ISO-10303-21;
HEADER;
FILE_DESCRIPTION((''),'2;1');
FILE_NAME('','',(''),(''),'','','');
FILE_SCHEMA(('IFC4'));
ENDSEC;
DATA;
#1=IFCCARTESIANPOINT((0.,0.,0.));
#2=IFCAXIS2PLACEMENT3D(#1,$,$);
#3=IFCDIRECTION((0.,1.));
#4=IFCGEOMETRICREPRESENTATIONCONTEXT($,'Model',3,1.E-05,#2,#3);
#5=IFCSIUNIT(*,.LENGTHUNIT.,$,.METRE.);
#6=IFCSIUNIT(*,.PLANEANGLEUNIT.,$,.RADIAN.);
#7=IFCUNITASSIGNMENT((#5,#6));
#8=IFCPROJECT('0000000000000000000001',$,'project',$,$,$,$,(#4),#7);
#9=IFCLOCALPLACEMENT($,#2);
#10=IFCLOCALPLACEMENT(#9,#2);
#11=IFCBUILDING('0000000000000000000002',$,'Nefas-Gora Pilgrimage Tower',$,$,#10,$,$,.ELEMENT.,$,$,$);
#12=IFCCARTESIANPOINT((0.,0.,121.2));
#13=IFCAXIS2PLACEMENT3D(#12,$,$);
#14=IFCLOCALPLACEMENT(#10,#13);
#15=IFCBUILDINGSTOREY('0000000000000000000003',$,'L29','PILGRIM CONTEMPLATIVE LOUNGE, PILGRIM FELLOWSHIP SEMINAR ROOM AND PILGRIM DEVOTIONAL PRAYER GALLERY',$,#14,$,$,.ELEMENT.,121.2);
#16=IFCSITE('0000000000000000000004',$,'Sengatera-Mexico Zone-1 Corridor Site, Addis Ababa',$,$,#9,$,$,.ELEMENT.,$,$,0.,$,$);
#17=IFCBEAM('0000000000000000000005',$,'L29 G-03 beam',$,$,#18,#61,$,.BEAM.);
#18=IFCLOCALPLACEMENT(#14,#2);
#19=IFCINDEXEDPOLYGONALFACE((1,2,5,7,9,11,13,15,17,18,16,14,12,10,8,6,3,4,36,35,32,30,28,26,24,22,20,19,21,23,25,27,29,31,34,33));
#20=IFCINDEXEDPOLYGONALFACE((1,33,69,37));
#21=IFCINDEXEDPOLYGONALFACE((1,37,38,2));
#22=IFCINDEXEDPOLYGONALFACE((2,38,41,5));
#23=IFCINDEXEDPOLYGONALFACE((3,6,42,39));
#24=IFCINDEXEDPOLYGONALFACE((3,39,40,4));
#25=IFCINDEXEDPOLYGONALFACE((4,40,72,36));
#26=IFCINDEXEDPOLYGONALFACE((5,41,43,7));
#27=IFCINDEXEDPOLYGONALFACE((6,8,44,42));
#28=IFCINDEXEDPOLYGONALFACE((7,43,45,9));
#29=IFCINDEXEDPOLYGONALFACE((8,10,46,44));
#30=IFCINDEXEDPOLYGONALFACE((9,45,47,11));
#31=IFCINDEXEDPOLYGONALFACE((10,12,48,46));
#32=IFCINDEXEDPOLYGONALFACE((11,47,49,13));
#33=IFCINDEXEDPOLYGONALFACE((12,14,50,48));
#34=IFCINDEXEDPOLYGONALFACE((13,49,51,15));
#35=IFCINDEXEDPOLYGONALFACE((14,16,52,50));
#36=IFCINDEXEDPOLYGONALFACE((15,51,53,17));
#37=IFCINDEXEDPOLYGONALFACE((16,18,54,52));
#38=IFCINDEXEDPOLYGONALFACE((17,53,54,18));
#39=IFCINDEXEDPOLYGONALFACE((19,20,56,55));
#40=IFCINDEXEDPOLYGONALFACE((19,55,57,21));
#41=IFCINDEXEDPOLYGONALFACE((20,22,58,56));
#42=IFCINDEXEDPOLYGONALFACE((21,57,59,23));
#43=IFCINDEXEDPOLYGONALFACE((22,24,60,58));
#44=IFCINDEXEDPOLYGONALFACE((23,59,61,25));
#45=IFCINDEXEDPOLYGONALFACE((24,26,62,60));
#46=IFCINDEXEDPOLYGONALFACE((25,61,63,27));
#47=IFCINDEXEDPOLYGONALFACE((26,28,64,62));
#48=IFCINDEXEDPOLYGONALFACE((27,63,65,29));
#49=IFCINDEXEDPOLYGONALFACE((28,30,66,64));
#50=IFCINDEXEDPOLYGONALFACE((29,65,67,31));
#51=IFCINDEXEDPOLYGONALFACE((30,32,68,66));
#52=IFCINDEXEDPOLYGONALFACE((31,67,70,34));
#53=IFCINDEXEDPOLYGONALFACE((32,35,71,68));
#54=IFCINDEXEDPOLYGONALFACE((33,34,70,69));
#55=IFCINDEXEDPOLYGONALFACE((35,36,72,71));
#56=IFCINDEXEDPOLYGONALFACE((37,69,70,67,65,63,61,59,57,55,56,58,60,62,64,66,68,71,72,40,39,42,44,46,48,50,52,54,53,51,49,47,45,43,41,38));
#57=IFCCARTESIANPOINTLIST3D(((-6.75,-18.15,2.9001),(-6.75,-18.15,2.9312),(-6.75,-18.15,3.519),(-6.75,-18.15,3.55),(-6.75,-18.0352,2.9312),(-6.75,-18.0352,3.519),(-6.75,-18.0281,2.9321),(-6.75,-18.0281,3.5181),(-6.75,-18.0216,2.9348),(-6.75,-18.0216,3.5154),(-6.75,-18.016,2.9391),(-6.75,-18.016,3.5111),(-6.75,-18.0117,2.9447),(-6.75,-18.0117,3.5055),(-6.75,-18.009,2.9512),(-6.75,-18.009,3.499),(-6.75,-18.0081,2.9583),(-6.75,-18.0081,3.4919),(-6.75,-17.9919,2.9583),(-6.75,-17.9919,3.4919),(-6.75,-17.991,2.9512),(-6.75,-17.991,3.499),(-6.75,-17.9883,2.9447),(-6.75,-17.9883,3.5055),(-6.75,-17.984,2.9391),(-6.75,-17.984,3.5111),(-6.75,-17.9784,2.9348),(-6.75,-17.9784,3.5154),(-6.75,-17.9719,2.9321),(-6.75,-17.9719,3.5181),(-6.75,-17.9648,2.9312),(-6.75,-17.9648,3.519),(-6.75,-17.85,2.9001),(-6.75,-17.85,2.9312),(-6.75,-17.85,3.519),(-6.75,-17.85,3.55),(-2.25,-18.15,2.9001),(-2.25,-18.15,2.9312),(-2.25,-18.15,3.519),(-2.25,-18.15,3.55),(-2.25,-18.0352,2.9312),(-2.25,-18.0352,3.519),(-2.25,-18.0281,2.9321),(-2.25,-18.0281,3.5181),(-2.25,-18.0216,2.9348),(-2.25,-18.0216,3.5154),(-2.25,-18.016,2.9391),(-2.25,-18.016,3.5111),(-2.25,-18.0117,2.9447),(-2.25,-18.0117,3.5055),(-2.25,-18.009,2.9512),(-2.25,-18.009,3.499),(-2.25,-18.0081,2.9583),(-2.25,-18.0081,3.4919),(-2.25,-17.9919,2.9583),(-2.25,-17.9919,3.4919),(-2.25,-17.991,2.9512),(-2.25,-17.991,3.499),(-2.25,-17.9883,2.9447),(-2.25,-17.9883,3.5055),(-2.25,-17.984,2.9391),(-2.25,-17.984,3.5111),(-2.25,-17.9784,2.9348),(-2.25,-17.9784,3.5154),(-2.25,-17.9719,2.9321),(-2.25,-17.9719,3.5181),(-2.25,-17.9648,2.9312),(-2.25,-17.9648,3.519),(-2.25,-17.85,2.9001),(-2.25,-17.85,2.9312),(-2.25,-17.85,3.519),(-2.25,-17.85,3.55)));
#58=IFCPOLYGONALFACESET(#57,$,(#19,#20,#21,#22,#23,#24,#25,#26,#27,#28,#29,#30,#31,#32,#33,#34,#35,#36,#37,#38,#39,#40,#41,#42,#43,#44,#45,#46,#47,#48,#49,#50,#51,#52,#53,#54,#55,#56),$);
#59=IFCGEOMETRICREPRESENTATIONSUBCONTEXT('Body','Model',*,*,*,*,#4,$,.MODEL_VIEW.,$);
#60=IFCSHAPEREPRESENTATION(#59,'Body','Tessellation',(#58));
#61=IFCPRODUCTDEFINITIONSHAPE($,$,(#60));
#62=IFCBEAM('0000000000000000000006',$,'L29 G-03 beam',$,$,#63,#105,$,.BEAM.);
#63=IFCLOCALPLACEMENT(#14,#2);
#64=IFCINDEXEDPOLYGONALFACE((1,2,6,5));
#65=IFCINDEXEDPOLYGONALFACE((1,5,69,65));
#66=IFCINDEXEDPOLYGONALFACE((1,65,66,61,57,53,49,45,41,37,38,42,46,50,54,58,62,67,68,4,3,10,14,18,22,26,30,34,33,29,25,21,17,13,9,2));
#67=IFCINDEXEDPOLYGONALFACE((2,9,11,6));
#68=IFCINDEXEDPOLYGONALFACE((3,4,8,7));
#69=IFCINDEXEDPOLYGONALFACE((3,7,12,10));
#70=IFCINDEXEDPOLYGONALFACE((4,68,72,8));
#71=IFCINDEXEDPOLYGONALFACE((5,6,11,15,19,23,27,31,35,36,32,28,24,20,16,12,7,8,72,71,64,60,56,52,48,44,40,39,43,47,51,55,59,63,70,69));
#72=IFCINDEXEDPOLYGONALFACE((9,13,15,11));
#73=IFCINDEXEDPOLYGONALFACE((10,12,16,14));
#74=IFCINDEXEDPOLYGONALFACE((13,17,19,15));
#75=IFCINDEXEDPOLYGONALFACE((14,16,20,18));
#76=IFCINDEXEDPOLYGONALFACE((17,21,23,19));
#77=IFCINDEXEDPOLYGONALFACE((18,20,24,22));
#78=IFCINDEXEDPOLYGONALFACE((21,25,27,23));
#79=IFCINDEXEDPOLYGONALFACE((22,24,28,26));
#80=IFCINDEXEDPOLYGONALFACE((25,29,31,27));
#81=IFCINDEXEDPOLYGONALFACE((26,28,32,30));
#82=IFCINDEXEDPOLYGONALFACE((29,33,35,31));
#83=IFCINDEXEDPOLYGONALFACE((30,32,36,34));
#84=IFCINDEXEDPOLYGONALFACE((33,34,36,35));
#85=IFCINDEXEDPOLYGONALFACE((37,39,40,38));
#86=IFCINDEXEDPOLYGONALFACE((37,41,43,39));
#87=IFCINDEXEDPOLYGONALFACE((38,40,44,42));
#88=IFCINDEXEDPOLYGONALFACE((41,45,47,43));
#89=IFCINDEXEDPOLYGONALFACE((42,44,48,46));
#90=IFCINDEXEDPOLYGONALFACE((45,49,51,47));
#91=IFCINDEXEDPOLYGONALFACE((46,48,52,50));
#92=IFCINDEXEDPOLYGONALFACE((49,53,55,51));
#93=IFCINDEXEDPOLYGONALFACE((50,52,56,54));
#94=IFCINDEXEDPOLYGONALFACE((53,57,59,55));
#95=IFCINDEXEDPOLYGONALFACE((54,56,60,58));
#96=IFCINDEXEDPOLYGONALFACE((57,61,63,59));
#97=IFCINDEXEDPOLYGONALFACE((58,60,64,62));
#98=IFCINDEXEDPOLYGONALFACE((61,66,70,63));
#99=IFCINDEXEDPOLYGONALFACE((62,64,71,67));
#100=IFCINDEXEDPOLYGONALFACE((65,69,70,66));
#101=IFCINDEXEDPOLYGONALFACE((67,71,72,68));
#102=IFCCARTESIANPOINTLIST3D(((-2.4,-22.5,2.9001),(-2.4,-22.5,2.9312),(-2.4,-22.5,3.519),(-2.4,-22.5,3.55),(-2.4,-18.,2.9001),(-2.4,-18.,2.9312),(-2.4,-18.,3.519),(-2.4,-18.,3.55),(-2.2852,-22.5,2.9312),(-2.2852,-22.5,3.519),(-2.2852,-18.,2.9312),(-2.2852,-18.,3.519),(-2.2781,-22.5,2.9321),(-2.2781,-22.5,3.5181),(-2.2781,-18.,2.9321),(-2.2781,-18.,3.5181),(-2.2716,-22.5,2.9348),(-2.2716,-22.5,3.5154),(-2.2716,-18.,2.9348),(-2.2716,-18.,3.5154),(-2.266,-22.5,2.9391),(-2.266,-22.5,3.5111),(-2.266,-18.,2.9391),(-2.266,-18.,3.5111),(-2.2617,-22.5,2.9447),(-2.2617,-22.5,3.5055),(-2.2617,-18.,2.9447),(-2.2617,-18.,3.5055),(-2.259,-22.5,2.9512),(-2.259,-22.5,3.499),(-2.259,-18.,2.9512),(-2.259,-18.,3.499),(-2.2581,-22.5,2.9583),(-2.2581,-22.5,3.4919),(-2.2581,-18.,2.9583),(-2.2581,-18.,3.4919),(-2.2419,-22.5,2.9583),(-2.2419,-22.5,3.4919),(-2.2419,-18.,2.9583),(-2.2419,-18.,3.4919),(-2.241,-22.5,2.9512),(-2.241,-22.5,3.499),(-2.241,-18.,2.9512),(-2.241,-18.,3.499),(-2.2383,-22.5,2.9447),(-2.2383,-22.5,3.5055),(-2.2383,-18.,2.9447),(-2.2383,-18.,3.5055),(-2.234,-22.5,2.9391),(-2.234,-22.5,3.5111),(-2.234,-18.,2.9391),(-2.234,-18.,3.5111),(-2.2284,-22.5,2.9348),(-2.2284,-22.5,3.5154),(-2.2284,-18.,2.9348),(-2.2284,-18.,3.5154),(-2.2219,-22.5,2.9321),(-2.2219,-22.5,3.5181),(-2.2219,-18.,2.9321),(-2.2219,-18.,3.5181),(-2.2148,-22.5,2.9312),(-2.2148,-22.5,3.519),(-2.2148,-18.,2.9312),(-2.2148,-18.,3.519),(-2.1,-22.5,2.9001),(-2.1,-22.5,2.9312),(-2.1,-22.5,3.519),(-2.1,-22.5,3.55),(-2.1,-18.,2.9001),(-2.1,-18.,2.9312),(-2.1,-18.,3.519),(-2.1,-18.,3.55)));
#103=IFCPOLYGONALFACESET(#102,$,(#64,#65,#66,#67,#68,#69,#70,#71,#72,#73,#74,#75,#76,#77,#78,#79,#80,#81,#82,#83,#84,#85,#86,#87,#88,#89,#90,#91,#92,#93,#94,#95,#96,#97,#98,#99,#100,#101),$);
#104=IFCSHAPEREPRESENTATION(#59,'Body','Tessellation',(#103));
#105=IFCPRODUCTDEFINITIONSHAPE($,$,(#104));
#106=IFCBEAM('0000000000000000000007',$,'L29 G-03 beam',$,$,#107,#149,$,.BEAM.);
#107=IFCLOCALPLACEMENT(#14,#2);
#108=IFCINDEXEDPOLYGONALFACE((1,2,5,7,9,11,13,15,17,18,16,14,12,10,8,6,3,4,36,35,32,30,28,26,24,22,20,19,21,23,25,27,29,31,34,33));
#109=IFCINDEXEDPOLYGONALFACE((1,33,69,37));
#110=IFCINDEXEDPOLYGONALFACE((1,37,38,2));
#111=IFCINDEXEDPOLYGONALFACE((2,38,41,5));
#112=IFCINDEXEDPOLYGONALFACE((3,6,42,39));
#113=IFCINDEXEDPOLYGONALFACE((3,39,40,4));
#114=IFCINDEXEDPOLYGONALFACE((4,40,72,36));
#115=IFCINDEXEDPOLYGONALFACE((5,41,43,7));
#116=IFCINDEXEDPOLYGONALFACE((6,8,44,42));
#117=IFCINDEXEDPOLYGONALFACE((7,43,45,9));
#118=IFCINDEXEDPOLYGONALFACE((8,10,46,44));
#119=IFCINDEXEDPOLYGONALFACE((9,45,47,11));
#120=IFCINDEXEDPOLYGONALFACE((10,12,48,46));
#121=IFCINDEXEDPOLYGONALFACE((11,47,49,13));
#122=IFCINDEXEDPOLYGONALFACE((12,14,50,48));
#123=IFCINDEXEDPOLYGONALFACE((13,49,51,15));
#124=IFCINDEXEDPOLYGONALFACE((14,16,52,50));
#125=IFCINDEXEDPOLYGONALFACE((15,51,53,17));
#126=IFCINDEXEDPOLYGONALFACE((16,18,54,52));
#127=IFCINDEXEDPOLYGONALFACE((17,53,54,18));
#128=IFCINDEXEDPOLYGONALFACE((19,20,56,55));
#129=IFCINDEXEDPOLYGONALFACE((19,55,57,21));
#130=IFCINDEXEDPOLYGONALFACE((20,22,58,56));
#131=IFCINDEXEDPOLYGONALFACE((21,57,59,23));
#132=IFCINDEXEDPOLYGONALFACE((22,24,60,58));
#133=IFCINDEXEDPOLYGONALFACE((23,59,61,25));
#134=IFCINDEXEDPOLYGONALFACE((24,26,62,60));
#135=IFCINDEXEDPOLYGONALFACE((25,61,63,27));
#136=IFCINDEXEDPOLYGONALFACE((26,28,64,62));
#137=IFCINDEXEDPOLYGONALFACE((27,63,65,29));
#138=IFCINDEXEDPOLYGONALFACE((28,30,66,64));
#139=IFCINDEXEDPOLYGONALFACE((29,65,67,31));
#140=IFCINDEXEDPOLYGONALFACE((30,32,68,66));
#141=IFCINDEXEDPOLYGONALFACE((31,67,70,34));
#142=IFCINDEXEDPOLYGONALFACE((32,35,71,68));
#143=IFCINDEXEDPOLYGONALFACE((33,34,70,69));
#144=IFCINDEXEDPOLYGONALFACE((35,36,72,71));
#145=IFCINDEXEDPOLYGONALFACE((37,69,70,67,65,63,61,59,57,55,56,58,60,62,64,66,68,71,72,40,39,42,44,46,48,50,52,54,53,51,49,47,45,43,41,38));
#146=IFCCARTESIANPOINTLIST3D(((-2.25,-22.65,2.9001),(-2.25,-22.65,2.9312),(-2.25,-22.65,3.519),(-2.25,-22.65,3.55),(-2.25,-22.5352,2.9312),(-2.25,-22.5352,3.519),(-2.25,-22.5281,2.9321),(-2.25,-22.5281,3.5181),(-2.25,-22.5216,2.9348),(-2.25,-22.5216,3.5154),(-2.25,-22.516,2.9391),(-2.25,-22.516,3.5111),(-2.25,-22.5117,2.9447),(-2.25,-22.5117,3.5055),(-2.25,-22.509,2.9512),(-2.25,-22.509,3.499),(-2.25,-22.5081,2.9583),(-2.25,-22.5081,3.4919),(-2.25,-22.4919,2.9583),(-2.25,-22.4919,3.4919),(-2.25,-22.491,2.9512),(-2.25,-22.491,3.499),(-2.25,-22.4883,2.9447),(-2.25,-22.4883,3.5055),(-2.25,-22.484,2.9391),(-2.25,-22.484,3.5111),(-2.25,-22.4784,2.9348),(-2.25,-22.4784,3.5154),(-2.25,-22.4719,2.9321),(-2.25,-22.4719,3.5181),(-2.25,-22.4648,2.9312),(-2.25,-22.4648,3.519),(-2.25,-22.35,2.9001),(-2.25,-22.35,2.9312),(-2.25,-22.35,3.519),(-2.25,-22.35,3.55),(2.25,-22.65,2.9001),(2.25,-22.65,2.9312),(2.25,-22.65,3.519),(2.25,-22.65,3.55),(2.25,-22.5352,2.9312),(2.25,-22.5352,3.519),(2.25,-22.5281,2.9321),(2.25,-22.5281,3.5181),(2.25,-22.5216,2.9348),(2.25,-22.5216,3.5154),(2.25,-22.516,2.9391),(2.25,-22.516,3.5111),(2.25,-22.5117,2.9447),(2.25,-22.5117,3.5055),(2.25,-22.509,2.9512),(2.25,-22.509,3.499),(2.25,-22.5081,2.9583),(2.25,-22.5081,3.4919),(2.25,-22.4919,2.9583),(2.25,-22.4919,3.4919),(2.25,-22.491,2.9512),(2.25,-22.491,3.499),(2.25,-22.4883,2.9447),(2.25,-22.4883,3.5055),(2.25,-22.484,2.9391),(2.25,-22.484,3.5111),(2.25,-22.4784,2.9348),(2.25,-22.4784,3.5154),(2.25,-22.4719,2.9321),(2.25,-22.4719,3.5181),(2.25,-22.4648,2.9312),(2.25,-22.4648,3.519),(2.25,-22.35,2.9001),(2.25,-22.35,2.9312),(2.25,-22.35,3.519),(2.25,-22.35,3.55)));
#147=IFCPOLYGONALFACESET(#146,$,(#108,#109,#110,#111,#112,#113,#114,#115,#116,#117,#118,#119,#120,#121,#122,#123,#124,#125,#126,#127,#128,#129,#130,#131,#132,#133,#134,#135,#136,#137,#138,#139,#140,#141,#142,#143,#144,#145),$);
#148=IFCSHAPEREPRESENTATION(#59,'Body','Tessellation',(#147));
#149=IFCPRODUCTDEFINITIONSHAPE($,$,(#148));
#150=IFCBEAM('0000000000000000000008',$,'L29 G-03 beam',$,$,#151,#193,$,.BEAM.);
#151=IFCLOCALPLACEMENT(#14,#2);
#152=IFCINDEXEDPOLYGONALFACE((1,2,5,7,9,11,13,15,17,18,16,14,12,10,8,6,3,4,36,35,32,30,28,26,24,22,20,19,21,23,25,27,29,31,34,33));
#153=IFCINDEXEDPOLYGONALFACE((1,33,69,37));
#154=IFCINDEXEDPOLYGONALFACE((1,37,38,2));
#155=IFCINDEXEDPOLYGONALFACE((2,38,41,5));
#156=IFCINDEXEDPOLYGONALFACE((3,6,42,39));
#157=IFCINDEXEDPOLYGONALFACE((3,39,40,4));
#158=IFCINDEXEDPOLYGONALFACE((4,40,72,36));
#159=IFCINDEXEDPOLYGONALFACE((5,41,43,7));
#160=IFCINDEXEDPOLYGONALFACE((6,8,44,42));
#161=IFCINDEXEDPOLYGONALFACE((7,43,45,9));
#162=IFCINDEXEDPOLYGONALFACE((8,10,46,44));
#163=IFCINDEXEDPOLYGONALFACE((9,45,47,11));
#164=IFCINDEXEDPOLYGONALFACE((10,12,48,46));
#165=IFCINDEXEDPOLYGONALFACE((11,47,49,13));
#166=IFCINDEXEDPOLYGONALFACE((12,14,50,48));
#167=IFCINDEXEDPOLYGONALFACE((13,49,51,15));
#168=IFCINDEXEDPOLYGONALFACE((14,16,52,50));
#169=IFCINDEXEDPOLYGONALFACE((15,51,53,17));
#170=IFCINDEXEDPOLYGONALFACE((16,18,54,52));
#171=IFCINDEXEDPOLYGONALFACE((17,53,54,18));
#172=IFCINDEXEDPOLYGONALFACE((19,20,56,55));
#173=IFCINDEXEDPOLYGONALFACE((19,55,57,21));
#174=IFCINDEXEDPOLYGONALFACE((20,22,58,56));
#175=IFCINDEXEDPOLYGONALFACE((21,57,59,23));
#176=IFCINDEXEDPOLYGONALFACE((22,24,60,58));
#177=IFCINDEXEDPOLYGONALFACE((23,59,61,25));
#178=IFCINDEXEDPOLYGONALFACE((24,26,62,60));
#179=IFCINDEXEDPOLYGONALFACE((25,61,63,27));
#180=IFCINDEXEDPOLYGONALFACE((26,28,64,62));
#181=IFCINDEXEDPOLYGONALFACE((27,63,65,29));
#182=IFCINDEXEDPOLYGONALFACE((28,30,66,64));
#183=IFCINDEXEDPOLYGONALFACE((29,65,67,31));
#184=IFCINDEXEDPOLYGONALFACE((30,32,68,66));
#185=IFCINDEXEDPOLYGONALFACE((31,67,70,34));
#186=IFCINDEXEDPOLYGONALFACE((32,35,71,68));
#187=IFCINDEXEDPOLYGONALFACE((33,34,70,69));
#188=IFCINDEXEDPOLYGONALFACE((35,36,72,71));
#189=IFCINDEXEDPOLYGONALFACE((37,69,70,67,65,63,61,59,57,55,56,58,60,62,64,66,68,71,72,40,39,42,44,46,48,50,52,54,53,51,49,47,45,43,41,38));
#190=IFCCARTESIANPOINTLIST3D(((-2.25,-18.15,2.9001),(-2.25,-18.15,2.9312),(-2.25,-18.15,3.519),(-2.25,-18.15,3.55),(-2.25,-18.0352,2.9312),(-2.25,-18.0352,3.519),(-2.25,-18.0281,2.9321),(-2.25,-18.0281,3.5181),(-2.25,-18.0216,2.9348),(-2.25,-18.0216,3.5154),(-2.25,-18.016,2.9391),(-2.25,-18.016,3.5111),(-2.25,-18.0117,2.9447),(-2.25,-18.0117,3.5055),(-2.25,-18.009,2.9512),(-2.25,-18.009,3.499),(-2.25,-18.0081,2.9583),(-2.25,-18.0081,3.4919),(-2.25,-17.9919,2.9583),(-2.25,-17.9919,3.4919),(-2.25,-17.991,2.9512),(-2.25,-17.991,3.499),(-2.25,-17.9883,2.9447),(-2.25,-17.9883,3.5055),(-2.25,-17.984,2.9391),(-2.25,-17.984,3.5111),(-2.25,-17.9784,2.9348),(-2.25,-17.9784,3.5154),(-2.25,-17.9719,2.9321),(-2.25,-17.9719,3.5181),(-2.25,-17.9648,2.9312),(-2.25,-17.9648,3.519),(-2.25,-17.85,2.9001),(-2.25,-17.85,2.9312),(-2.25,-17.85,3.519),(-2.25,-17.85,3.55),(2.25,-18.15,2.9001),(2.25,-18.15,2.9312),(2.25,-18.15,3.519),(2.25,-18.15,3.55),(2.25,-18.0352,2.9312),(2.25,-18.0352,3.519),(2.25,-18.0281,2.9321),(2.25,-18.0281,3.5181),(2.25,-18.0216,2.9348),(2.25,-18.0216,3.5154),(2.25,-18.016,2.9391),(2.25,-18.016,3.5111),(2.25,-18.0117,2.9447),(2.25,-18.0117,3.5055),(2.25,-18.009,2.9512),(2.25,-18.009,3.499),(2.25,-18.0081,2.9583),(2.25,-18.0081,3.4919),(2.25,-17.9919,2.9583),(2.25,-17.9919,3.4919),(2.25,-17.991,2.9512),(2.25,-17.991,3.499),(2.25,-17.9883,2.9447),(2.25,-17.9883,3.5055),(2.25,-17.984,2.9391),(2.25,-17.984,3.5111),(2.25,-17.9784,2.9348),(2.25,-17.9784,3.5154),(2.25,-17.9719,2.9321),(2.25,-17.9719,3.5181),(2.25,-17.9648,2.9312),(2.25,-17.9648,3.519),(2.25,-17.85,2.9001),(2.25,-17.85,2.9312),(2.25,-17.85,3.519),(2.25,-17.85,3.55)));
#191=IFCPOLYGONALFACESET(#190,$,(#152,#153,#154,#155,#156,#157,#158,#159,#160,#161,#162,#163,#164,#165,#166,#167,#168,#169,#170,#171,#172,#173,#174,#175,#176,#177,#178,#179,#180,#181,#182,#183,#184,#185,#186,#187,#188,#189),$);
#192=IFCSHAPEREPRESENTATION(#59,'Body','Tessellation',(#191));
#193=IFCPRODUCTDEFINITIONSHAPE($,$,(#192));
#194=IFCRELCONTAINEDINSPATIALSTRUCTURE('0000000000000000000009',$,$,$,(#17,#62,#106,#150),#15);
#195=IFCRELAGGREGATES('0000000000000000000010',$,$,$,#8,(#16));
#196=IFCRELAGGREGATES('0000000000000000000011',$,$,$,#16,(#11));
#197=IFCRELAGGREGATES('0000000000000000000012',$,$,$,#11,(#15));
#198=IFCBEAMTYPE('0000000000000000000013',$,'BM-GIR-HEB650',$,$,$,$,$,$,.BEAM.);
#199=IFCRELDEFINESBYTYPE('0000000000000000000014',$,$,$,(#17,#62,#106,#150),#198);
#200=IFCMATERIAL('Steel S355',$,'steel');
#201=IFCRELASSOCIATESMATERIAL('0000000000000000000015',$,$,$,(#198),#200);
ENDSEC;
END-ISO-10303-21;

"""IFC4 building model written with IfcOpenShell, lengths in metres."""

from ifc_helpers import new_model, si_unit, direction, frame, origin, origin_2d, place, context, subcontext, project, spatial, i_section, extrude, source, transform, mapped, material, material_profile, profile_set, type_object, element, save


model = new_model("IFC4")

# Units and contexts
model_context = context("Model", 3, precision=1e-05, world=origin(), true_north=direction((0.0, 1.0)))
body_context = subcontext(model_context, "Body", "Model", "MODEL_VIEW")
ifc_project = project(units=[si_unit("LENGTHUNIT", "METRE"), si_unit("PLANEANGLEUNIT", "RADIAN")], contexts=[model_context])

# Site, building, storey
site_placement = place(None, origin())
site = spatial("IfcSite", under=ifc_project, at=site_placement, Name="Sengatera-Mexico Zone-1 Corridor Site, Addis Ababa", CompositionType="ELEMENT", RefElevation=0.0)
building_placement = place(site_placement, origin())
building = spatial("IfcBuilding", under=site, at=building_placement, Name="Nefas-Gora Pilgrimage Tower", CompositionType="ELEMENT")
storey_placement = place(building_placement, frame((0.0, 0.0, 121.2)))
storey = spatial("IfcBuildingStorey", under=building, at=storey_placement, Name="L29", Description="PILGRIM CONTEMPLATIVE LOUNGE, PILGRIM FELLOWSHIP SEMINAR ROOM AND PILGRIM DEVOTIONAL PRAYER GALLERY", CompositionType="ELEMENT", Elevation=121.2)

# Beams
ifc_material_1 = material(Name="Steel S355", Category="steel")
ifc_material_profile_1 = material_profile(ifc_material_1, i_section(OverallWidth=0.3, OverallDepth=0.6499, WebThickness=0.0161, FlangeThickness=0.031, FilletRadius=0.0271, at=origin_2d()), Name="HEB 650")
ifc_profile_set_1 = profile_set([ifc_material_profile_1], Name="Steel S355")
beam_type = type_object("IfcBeamType", Name="BM-GIR-HEB650", PredefinedType="BEAM", material=ifc_profile_set_1)
shared_shape_1 = source(origin(), body_context, "Body", "SweptSolid", [
    extrude(i_section(OverallWidth=0.3, OverallDepth=0.6499, WebThickness=0.0161, FlangeThickness=0.031, FilletRadius=0.0271, at=origin_2d()), origin(), (0.0, 0.0, 1.0), 4.5),
])
for number, where, z_axis, x_axis, name in (
    (1, (-6.75, -18.0, 3.2251), (1.0, 0.0, 0.0), (0.0, 1.0, 0.0), "L29 G-03 beam"),
    (2, (-2.25, -22.5, 3.2251), (0.0, 1.0, 0.0), (-1.0, 0.0, 0.0), "L29 G-03 beam"),
    (3, (-2.25, -22.5, 3.2251), (1.0, 0.0, 0.0), (0.0, 1.0, 0.0), "L29 G-03 beam"),
    (4, (-2.25, -18.0, 3.2251), (1.0, 0.0, 0.0), (0.0, 1.0, 0.0), "L29 G-03 beam"),
):
    element("IfcBeam", number, at=place(storey_placement, frame(where, z_axis=z_axis, x_axis=x_axis)), inside=storey, type_object=beam_type, Name=name, PredefinedType="BEAM", context=body_context, shape_type="MappedRepresentation", body=[
        mapped(shared_shape_1, transform((0.0, 0.0, 0.0), x_axis=(1.0, 0.0, 0.0), y_axis=(0.0, 1.0, 0.0), z_axis=(0.0, 0.0, 1.0), scale=1.0)),
    ])

save(model, "model.ifc")
